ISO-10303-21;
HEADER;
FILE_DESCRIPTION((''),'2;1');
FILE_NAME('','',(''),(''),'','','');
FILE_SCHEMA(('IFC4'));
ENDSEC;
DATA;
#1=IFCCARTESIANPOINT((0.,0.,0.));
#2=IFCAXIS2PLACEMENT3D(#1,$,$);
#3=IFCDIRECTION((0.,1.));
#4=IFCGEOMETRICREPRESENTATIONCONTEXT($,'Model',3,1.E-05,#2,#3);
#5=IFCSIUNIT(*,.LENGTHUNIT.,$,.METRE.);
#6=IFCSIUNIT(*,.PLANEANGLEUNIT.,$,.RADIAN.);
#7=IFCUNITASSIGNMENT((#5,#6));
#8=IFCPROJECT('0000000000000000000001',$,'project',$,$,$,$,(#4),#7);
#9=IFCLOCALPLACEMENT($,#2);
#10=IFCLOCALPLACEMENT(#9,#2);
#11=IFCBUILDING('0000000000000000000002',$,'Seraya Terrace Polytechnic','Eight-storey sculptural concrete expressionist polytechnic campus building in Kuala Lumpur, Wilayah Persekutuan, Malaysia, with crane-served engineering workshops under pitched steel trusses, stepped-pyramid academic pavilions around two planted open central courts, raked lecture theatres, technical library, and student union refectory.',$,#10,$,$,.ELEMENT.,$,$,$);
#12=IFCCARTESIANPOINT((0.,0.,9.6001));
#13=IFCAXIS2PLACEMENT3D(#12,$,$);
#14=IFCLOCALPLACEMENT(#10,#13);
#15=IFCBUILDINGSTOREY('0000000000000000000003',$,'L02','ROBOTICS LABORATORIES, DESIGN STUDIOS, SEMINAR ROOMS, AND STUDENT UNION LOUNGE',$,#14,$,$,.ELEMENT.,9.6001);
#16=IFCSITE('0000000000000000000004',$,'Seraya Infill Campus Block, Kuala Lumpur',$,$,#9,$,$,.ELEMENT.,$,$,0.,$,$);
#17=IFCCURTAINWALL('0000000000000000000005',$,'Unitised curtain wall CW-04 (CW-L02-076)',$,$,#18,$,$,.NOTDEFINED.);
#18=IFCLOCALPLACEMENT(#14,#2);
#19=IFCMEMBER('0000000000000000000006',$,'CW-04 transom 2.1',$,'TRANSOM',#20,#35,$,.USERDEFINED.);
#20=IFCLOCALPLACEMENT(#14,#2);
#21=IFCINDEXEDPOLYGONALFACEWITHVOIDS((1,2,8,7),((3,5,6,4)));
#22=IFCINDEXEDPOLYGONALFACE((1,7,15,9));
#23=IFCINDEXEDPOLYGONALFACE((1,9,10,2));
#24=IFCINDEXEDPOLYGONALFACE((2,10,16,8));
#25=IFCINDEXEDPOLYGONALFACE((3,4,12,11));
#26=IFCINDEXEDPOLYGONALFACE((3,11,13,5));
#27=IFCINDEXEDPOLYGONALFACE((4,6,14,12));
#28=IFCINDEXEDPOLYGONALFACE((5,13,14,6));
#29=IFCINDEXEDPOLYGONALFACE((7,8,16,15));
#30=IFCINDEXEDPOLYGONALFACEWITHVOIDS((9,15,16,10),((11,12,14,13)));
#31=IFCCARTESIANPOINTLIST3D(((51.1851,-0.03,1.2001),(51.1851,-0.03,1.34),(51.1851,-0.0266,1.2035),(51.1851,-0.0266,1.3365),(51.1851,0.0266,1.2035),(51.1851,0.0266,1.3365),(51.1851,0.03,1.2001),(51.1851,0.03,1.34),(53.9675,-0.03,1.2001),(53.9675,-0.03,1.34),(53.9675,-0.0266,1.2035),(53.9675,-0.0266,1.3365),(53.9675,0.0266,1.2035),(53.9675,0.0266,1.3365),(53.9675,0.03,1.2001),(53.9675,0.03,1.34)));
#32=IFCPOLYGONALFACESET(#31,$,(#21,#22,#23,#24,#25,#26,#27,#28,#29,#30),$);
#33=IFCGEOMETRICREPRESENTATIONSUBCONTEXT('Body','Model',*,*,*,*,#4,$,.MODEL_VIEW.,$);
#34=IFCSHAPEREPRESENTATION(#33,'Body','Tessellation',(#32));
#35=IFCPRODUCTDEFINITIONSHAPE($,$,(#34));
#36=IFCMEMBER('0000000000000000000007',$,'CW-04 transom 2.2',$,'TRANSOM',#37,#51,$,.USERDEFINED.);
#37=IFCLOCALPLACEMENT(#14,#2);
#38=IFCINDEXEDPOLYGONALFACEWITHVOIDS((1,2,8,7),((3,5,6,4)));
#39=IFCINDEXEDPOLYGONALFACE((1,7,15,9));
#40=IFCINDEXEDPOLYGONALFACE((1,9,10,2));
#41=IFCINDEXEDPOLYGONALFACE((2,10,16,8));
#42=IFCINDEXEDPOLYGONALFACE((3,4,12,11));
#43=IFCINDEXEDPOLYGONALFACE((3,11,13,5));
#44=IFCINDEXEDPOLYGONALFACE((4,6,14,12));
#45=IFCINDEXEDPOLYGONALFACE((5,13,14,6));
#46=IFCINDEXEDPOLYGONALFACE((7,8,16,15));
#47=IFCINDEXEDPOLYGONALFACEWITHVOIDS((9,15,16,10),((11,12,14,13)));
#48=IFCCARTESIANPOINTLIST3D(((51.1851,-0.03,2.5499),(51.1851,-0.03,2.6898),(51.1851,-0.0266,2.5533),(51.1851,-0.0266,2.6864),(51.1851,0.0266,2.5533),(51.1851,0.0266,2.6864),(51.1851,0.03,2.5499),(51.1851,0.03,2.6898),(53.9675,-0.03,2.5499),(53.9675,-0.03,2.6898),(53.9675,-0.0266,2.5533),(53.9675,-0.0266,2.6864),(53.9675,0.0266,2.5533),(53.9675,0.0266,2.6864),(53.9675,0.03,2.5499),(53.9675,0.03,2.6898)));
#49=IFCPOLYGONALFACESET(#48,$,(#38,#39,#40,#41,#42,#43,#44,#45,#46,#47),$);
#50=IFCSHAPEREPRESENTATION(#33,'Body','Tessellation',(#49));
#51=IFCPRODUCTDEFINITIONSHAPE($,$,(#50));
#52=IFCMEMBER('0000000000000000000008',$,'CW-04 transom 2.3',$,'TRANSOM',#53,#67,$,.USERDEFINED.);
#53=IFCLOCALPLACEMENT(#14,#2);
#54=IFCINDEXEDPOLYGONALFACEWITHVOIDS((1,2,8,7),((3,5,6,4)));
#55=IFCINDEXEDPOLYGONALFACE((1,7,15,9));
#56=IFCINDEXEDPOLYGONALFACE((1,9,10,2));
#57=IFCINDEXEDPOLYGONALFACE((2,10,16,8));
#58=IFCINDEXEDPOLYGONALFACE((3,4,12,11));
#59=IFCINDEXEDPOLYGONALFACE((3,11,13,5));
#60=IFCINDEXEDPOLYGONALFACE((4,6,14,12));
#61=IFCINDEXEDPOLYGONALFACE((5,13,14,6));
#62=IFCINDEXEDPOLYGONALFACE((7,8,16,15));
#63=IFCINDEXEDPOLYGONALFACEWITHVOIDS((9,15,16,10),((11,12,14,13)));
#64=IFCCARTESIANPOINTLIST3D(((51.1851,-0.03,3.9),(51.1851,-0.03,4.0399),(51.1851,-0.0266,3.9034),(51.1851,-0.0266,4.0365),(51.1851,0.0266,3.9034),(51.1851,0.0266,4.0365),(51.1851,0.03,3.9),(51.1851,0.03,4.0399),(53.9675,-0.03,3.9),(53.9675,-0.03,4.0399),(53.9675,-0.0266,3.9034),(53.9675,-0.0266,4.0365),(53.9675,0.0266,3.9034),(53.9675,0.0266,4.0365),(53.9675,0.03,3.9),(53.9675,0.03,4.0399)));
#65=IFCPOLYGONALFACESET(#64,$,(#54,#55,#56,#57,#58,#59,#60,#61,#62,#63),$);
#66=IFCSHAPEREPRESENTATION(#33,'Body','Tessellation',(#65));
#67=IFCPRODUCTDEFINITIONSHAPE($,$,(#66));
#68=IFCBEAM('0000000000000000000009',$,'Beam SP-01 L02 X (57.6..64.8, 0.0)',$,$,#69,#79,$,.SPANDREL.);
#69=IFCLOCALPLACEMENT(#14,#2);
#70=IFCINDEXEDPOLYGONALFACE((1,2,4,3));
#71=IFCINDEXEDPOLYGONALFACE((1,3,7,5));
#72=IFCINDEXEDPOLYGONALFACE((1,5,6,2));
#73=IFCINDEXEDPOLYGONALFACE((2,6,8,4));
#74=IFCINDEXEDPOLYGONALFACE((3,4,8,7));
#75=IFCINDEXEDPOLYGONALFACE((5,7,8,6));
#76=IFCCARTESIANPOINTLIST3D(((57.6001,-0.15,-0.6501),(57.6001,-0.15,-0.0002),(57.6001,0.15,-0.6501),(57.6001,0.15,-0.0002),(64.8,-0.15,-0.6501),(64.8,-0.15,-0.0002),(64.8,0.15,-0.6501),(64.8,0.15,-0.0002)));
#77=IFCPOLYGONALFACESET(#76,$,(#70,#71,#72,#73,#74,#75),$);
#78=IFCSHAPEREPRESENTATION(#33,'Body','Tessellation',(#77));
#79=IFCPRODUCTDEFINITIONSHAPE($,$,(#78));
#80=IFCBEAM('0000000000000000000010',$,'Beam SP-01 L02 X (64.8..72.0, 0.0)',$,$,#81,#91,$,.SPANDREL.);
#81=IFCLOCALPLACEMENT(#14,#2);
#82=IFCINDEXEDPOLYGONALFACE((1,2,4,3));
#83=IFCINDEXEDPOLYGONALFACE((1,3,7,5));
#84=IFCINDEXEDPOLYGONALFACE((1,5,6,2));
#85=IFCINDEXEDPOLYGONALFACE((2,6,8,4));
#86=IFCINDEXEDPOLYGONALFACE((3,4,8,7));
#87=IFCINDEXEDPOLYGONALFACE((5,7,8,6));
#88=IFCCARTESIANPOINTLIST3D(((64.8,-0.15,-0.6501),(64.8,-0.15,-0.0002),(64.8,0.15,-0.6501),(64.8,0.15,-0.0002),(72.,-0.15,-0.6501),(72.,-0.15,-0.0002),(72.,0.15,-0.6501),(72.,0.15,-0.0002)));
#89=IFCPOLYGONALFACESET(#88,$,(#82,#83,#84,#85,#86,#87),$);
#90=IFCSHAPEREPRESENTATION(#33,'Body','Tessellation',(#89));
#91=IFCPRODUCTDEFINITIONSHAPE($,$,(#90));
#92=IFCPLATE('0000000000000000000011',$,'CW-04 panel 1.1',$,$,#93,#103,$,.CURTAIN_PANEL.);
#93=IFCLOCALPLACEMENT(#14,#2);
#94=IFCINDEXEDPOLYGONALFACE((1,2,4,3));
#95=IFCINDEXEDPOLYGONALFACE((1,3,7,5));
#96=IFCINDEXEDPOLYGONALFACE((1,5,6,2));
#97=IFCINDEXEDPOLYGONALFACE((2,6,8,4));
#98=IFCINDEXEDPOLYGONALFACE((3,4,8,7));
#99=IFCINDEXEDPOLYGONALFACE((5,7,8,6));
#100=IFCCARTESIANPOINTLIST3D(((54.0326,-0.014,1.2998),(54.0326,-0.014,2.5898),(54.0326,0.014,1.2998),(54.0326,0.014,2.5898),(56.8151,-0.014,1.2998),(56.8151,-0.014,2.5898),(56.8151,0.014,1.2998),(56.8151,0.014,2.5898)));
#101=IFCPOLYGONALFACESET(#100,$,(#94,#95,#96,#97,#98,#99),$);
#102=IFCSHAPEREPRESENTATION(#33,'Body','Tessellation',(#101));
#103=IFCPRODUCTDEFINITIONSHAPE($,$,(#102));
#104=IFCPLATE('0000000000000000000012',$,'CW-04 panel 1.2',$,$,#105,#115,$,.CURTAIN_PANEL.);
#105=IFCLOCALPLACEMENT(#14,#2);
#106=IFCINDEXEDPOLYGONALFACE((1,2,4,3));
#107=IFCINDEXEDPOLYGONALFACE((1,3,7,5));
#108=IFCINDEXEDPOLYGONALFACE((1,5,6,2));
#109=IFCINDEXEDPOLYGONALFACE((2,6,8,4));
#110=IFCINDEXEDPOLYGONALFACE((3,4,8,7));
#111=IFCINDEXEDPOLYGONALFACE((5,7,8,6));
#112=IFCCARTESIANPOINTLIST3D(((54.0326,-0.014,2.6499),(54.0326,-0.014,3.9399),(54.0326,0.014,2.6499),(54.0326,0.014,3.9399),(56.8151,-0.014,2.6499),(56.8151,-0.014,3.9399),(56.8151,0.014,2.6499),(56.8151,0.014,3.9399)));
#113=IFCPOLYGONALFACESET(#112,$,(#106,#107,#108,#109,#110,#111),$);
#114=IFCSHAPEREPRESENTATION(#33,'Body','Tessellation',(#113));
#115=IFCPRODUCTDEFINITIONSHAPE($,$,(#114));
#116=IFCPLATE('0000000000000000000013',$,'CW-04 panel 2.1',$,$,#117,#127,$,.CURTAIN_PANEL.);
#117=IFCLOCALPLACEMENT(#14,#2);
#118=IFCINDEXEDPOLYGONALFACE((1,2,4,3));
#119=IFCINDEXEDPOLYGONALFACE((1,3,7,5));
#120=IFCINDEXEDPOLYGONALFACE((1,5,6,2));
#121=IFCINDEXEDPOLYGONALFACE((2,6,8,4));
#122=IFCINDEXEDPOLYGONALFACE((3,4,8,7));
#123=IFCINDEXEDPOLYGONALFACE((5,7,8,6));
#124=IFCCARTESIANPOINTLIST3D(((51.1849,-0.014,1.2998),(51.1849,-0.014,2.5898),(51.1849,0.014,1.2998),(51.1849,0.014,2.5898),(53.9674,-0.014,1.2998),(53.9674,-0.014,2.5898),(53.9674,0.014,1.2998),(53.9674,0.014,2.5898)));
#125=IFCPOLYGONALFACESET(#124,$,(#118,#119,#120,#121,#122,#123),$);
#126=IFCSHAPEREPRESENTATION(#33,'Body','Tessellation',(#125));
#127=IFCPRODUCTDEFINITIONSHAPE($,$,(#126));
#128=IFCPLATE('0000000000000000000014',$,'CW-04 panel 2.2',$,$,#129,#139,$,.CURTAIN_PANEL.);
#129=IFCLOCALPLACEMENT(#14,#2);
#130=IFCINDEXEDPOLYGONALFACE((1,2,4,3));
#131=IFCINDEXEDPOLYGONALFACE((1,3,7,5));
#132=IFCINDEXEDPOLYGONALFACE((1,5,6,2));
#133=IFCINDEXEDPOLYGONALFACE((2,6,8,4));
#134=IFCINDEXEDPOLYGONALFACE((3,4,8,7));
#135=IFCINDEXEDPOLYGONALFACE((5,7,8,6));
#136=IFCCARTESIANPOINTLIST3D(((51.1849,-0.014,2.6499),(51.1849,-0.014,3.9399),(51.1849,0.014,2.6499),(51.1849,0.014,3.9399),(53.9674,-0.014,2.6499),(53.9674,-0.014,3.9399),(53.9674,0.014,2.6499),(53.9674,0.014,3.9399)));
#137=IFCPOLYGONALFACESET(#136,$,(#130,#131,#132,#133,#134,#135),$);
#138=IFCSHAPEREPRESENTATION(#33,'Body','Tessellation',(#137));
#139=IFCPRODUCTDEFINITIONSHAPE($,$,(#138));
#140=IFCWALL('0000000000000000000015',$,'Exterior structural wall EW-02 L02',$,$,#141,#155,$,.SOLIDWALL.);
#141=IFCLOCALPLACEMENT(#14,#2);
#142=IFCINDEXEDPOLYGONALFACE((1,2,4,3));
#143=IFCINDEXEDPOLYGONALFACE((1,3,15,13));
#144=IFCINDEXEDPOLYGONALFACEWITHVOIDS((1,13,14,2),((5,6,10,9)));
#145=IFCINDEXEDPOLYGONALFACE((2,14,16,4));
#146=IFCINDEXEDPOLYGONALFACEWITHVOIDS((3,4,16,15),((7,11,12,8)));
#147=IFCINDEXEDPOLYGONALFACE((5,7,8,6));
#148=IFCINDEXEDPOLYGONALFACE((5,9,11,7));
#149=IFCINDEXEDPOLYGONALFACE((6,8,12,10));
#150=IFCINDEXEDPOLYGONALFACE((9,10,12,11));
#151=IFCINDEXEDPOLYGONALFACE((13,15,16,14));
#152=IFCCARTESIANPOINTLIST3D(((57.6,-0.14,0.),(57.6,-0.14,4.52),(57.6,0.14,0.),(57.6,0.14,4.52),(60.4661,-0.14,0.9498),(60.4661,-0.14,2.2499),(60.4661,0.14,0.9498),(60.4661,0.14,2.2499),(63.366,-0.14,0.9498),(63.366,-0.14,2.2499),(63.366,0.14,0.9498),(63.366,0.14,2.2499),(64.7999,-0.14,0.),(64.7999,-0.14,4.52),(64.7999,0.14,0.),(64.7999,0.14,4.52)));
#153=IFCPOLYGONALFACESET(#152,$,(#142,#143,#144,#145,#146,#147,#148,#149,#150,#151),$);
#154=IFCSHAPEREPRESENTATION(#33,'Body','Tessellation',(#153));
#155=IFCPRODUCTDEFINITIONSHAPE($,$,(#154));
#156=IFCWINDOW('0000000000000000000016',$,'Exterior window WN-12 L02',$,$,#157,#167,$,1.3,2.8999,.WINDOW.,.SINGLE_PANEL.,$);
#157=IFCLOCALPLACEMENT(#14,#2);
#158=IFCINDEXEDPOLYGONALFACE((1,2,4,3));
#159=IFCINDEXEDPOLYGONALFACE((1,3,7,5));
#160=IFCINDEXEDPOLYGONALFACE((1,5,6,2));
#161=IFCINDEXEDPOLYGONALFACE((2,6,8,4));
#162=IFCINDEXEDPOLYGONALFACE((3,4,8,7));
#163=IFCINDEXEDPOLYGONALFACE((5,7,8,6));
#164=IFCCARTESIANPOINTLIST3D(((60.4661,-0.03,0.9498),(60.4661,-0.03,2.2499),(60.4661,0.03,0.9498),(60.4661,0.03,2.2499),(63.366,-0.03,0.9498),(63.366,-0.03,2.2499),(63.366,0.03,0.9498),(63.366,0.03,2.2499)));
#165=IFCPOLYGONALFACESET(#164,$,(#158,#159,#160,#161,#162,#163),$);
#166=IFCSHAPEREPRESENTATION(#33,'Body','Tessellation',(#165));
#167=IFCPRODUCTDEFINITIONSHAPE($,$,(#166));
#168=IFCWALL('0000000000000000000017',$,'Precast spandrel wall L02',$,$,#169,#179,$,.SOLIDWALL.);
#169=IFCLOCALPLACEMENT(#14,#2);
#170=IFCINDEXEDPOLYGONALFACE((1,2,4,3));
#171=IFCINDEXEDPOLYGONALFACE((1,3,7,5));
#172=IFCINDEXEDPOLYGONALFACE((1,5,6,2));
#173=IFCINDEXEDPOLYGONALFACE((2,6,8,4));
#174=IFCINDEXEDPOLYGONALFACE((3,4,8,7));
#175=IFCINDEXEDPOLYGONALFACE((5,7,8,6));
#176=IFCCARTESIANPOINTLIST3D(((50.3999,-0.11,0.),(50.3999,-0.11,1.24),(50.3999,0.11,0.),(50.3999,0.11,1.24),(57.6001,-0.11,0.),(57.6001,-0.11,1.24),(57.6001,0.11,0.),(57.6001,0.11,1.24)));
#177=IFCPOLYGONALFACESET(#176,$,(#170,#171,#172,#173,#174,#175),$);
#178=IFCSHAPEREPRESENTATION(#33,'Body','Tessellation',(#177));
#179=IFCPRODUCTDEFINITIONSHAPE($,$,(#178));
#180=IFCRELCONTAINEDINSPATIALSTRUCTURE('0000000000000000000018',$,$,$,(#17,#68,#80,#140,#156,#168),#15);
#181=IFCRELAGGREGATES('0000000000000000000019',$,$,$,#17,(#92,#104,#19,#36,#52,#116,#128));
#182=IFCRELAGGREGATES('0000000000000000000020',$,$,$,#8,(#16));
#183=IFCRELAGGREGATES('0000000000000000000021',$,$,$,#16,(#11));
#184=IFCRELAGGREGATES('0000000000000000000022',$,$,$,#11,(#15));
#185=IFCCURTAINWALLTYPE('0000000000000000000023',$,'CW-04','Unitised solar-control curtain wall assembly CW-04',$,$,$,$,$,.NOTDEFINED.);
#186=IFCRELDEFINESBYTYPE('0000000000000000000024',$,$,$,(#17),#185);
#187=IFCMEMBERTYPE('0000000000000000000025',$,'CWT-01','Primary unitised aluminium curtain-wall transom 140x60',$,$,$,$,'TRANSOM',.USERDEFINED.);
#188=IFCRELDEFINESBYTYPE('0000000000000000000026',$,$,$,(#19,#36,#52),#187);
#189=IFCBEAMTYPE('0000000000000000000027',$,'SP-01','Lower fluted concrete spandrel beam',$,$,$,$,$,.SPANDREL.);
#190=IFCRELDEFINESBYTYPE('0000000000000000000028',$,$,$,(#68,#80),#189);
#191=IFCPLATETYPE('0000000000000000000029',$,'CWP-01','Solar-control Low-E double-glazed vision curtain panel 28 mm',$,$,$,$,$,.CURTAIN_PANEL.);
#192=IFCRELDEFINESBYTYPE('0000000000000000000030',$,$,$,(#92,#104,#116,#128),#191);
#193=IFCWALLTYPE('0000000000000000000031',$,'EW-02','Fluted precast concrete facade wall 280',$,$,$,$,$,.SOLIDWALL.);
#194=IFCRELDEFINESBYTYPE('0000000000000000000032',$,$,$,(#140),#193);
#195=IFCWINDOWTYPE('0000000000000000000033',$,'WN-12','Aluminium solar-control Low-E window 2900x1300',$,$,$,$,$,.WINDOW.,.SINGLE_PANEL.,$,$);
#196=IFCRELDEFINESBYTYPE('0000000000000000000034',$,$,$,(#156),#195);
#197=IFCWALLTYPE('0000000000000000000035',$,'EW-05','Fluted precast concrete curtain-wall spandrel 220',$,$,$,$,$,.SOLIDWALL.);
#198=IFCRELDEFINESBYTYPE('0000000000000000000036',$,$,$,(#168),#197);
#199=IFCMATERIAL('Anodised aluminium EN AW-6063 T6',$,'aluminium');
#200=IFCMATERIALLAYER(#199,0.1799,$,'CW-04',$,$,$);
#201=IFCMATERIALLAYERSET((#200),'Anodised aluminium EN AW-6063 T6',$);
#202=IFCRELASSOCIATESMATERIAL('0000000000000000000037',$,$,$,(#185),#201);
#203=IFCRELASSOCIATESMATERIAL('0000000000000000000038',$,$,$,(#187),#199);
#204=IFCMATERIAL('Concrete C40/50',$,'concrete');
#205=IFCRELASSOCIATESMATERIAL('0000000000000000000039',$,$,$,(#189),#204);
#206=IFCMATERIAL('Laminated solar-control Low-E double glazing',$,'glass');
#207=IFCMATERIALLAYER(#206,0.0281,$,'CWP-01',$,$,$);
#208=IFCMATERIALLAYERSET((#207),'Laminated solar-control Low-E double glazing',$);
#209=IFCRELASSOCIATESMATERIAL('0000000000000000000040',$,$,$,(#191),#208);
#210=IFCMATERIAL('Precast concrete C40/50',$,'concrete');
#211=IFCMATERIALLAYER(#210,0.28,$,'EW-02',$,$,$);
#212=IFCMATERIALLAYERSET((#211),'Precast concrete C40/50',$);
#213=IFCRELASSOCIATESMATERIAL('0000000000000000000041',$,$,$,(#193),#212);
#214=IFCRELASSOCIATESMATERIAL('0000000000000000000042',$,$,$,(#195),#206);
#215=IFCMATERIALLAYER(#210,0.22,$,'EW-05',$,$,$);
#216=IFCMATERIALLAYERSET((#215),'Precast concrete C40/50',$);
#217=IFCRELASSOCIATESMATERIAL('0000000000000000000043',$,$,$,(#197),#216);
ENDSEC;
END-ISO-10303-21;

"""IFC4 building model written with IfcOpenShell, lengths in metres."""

from ifc_helpers import new_model, si_unit, direction, frame, frame_2d, origin, origin_2d, place, context, subcontext, project, spatial, rectangle, hollow_rectangle, extrude, material, layer, layer_set, material_profile, profile_set, type_object, element, fill, aggregate, save


model = new_model("IFC4")

# Units and contexts
model_context = context("Model", 3, precision=1e-05, world=origin(), true_north=direction((0.0, 1.0)))
body_context = subcontext(model_context, "Body", "Model", "MODEL_VIEW")
ifc_project = project(units=[si_unit("LENGTHUNIT", "METRE"), si_unit("PLANEANGLEUNIT", "RADIAN")], contexts=[model_context])

# Site, building, storey
site_placement = place(None, origin())
site = spatial("IfcSite", under=ifc_project, at=site_placement, Name="Seraya Infill Campus Block, Kuala Lumpur", CompositionType="ELEMENT", RefElevation=0.0)
building_placement = place(site_placement, origin())
building = spatial("IfcBuilding", under=site, at=building_placement, Name="Seraya Terrace Polytechnic", Description="Eight-storey sculptural concrete expressionist polytechnic campus building in Kuala Lumpur, Wilayah Persekutuan, Malaysia, with crane-served engineering workshops under pitched steel trusses, stepped-pyramid academic pavilions around two planted open central courts, raked lecture theatres, technical library, and student union refectory.", CompositionType="ELEMENT")
storey_placement = place(building_placement, frame((0.0, 0.0, 9.6001)))
storey = spatial("IfcBuildingStorey", under=building, at=storey_placement, Name="L02", Description="ROBOTICS LABORATORIES, DESIGN STUDIOS, SEMINAR ROOMS, AND STUDENT UNION LOUNGE", CompositionType="ELEMENT", Elevation=9.6001)

# Shared definitions
ifc_material_1 = material(Name="Concrete C40/50", Category="concrete")

# Curtain wall, members
ifc_material_2 = material(Name="Anodised aluminium EN AW-6063 T6", Category="aluminium")
ifc_layer_1 = layer(ifc_material_2, 0.1799, Name="CW-04")
ifc_layer_set_1 = layer_set([ifc_layer_1], Name="Anodised aluminium EN AW-6063 T6")
curtain_wall_type = type_object("IfcCurtainWallType", Name="CW-04", Description="Unitised solar-control curtain wall assembly CW-04", PredefinedType="NOTDEFINED", material=ifc_layer_set_1)
curtain_wall_placement = place(storey_placement, origin())
curtain_wall = element("IfcCurtainWall", 1, at=curtain_wall_placement, inside=storey, type_object=curtain_wall_type, Name="Unitised curtain wall CW-04 (CW-L02-076)", PredefinedType="NOTDEFINED")
ifc_material_profile_1 = material_profile(ifc_material_2, hollow_rectangle(XDim=0.0601, YDim=0.1399, WallThickness=0.0034, at=origin_2d()), Name="RHS 140x60x3.5")
ifc_profile_set_1 = profile_set([ifc_material_profile_1], Name="Anodised aluminium EN AW-6063 T6")
member_type_1 = type_object("IfcMemberType", Name="CWT-01", Description="Primary unitised aluminium curtain-wall transom 140x60", ElementType="TRANSOM", PredefinedType="USERDEFINED", material=ifc_profile_set_1)
member_1_placement = place(storey_placement, frame((53.9675, 0.0, 1.27), z_axis=(-1.0, 0.0, 0.0), x_axis=(0.0, -1.0, 0.0)))
member_1 = element("IfcMember", 2, at=member_1_placement, type_object=member_type_1, Name="CW-04 transom 2.1", ObjectType="TRANSOM", PredefinedType="USERDEFINED", context=body_context, shape_type="SweptSolid", body=[
    extrude(hollow_rectangle(XDim=0.0601, YDim=0.1399, WallThickness=0.0034, at=origin_2d()), origin(), (0.0, 0.0, 1.0), 2.7825),
])
member_2_placement = place(storey_placement, frame((53.9675, 0.0, 2.6199), z_axis=(-1.0, 0.0, 0.0), x_axis=(0.0, -1.0, 0.0)))
member_2 = element("IfcMember", 3, at=member_2_placement, type_object=member_type_1, Name="CW-04 transom 2.2", ObjectType="TRANSOM", PredefinedType="USERDEFINED", context=body_context, shape_type="SweptSolid", body=[
    extrude(hollow_rectangle(XDim=0.0601, YDim=0.1399, WallThickness=0.0034, at=origin_2d()), origin(), (0.0, 0.0, 1.0), 2.7825),
])
member_3_placement = place(storey_placement, frame((53.9675, 0.0, 3.97), z_axis=(-1.0, 0.0, 0.0), x_axis=(0.0, -1.0, 0.0)))
member_3 = element("IfcMember", 4, at=member_3_placement, type_object=member_type_1, Name="CW-04 transom 2.3", ObjectType="TRANSOM", PredefinedType="USERDEFINED", context=body_context, shape_type="SweptSolid", body=[
    extrude(hollow_rectangle(XDim=0.0601, YDim=0.1399, WallThickness=0.0034, at=origin_2d()), origin(), (0.0, 0.0, 1.0), 2.7825),
])

# Beams
ifc_material_profile_2 = material_profile(ifc_material_1, rectangle(XDim=0.3, YDim=0.6499, at=origin_2d()), Name="RC 300x650")
ifc_profile_set_2 = profile_set([ifc_material_profile_2], Name="Concrete C40/50")
beam_type_1 = type_object("IfcBeamType", Name="SP-01", Description="Lower fluted concrete spandrel beam", PredefinedType="SPANDREL", material=ifc_profile_set_2)
for number, where, z_axis, x_axis, name in (
    (5, (57.6001, 0.0, -0.3252), (1.0, 0.0, 0.0), (0.0, 1.0, 0.0), "Beam SP-01 L02 X (57.6..64.8, 0.0)"),
    (6, (64.8, 0.0, -0.3252), (1.0, 0.0, 0.0), (0.0, 1.0, 0.0), "Beam SP-01 L02 X (64.8..72.0, 0.0)"),
):
    element("IfcBeam", number, at=place(storey_placement, frame(where, z_axis=z_axis, x_axis=x_axis)), inside=storey, type_object=beam_type_1, Name=name, PredefinedType="SPANDREL", context=body_context, shape_type="SweptSolid", body=[
        extrude(rectangle(XDim=0.3, YDim=0.6499, at=origin_2d()), origin(), (0.0, 0.0, 1.0), 7.2),
    ])

# Plates
ifc_material_3 = material(Name="Laminated solar-control Low-E double glazing", Category="glass")
ifc_layer_2 = layer(ifc_material_3, 0.0281, Name="CWP-01")
ifc_layer_set_2 = layer_set([ifc_layer_2], Name="Laminated solar-control Low-E double glazing")
plate_type = type_object("IfcPlateType", Name="CWP-01", Description="Solar-control Low-E double-glazed vision curtain panel 28 mm", PredefinedType="CURTAIN_PANEL", material=ifc_layer_set_2)
plate_1_placement = place(storey_placement, frame((55.4238, 0.0, 1.2998), z_axis=(0.0, 0.0, 1.0), x_axis=(-1.0, 0.0, 0.0)))
plate_1 = element("IfcPlate", 7, at=plate_1_placement, type_object=plate_type, Name="CW-04 panel 1.1", PredefinedType="CURTAIN_PANEL", context=body_context, shape_type="SweptSolid", body=[
    extrude(rectangle(XDim=2.7825, YDim=0.0281, at=origin_2d()), origin(), (0.0, 0.0, 1.0), 1.29),
])
plate_2_placement = place(storey_placement, frame((55.4238, 0.0, 2.6499), z_axis=(0.0, 0.0, 1.0), x_axis=(-1.0, 0.0, 0.0)))
plate_2 = element("IfcPlate", 8, at=plate_2_placement, type_object=plate_type, Name="CW-04 panel 1.2", PredefinedType="CURTAIN_PANEL", context=body_context, shape_type="SweptSolid", body=[
    extrude(rectangle(XDim=2.7825, YDim=0.0281, at=origin_2d()), origin(), (0.0, 0.0, 1.0), 1.29),
])
plate_3_placement = place(storey_placement, frame((52.5762, 0.0, 1.2998), z_axis=(0.0, 0.0, 1.0), x_axis=(-1.0, 0.0, 0.0)))
plate_3 = element("IfcPlate", 9, at=plate_3_placement, type_object=plate_type, Name="CW-04 panel 2.1", PredefinedType="CURTAIN_PANEL", context=body_context, shape_type="SweptSolid", body=[
    extrude(rectangle(XDim=2.7825, YDim=0.0281, at=origin_2d()), origin(), (0.0, 0.0, 1.0), 1.29),
])
plate_4_placement = place(storey_placement, frame((52.5762, 0.0, 2.6499), z_axis=(0.0, 0.0, 1.0), x_axis=(-1.0, 0.0, 0.0)))
plate_4 = element("IfcPlate", 10, at=plate_4_placement, type_object=plate_type, Name="CW-04 panel 2.2", PredefinedType="CURTAIN_PANEL", context=body_context, shape_type="SweptSolid", body=[
    extrude(rectangle(XDim=2.7825, YDim=0.0281, at=origin_2d()), origin(), (0.0, 0.0, 1.0), 1.29),
])
aggregate(curtain_wall, [plate_1, plate_2, member_1, member_2, member_3, plate_3, plate_4])

# Wall, opening, window
ifc_material_4 = material(Name="Precast concrete C40/50", Category="concrete")
ifc_layer_3 = layer(ifc_material_4, 0.28, Name="EW-02")
ifc_layer_set_3 = layer_set([ifc_layer_3], Name="Precast concrete C40/50")
wall_type_1 = type_object("IfcWallType", Name="EW-02", Description="Fluted precast concrete facade wall 280", PredefinedType="SOLIDWALL", material=ifc_layer_set_3)
wall_1_placement = place(storey_placement, frame((64.8, 0.0, 0.0), z_axis=(0.0, 0.0, 1.0), x_axis=(-1.0, 0.0, 0.0)))
wall_1 = element("IfcWall", 11, at=wall_1_placement, inside=storey, type_object=wall_type_1, Name="Exterior structural wall EW-02 L02", PredefinedType="SOLIDWALL", context=body_context, shape_type="SweptSolid", body=[
    extrude(rectangle(XDim=7.2, YDim=0.28, at=frame_2d((3.6001, 0.0))), origin(), (0.0, 0.0, 1.0), 4.52),
])
opening_1_placement = place(wall_1_placement, frame((1.4341, 0.0, 0.95)))
opening_1 = element("IfcOpeningElement", 12, at=opening_1_placement, cuts=wall_1, PredefinedType="OPENING", context=body_context, shape_type="SweptSolid", body=[
    extrude(rectangle(XDim=2.8999, YDim=1.3, at=frame_2d((1.45, 0.6499))), frame((0.0, 0.1519, 0.0), z_axis=(0.0, -1.0, 0.0), x_axis=(1.0, 0.0, 0.0)), (0.0, 0.0, 1.0), 0.304),
])
window_type = type_object("IfcWindowType", Name="WN-12", Description="Aluminium solar-control Low-E window 2900x1300", PartitioningType="SINGLE_PANEL", PredefinedType="WINDOW", material=ifc_material_3)
window_placement = place(opening_1_placement, origin())
window = element("IfcWindow", 13, at=window_placement, inside=storey, type_object=window_type, Name="Exterior window WN-12 L02", OverallHeight=1.3, OverallWidth=2.8999, PartitioningType="SINGLE_PANEL", PredefinedType="WINDOW", context=body_context, shape_type="SweptSolid", body=[
    extrude(rectangle(XDim=2.8999, YDim=1.3, at=frame_2d((1.45, 0.6499))), frame((0.0, 0.03, 0.0), z_axis=(0.0, -1.0, 0.0), x_axis=(1.0, 0.0, 0.0)), (0.0, 0.0, 1.0), 0.0601),
])
fill(opening_1, window)

# Wall
ifc_layer_4 = layer(ifc_material_4, 0.22, Name="EW-05")
ifc_layer_set_4 = layer_set([ifc_layer_4], Name="Precast concrete C40/50")
wall_type_2 = type_object("IfcWallType", Name="EW-05", Description="Fluted precast concrete curtain-wall spandrel 220", PredefinedType="SOLIDWALL", material=ifc_layer_set_4)
wall_2_placement = place(storey_placement, frame((57.6001, 0.0, 0.0), z_axis=(0.0, 0.0, 1.0), x_axis=(-1.0, 0.0, 0.0)))
element("IfcWall", 14, at=wall_2_placement, inside=storey, type_object=wall_type_2, Name="Precast spandrel wall L02", PredefinedType="SOLIDWALL", context=body_context, shape_type="SweptSolid", body=[
    extrude(rectangle(XDim=7.2002, YDim=0.22, at=frame_2d((3.6001, 0.0))), origin(), (0.0, 0.0, 1.0), 1.24),
])

save(model, "model.ifc")
